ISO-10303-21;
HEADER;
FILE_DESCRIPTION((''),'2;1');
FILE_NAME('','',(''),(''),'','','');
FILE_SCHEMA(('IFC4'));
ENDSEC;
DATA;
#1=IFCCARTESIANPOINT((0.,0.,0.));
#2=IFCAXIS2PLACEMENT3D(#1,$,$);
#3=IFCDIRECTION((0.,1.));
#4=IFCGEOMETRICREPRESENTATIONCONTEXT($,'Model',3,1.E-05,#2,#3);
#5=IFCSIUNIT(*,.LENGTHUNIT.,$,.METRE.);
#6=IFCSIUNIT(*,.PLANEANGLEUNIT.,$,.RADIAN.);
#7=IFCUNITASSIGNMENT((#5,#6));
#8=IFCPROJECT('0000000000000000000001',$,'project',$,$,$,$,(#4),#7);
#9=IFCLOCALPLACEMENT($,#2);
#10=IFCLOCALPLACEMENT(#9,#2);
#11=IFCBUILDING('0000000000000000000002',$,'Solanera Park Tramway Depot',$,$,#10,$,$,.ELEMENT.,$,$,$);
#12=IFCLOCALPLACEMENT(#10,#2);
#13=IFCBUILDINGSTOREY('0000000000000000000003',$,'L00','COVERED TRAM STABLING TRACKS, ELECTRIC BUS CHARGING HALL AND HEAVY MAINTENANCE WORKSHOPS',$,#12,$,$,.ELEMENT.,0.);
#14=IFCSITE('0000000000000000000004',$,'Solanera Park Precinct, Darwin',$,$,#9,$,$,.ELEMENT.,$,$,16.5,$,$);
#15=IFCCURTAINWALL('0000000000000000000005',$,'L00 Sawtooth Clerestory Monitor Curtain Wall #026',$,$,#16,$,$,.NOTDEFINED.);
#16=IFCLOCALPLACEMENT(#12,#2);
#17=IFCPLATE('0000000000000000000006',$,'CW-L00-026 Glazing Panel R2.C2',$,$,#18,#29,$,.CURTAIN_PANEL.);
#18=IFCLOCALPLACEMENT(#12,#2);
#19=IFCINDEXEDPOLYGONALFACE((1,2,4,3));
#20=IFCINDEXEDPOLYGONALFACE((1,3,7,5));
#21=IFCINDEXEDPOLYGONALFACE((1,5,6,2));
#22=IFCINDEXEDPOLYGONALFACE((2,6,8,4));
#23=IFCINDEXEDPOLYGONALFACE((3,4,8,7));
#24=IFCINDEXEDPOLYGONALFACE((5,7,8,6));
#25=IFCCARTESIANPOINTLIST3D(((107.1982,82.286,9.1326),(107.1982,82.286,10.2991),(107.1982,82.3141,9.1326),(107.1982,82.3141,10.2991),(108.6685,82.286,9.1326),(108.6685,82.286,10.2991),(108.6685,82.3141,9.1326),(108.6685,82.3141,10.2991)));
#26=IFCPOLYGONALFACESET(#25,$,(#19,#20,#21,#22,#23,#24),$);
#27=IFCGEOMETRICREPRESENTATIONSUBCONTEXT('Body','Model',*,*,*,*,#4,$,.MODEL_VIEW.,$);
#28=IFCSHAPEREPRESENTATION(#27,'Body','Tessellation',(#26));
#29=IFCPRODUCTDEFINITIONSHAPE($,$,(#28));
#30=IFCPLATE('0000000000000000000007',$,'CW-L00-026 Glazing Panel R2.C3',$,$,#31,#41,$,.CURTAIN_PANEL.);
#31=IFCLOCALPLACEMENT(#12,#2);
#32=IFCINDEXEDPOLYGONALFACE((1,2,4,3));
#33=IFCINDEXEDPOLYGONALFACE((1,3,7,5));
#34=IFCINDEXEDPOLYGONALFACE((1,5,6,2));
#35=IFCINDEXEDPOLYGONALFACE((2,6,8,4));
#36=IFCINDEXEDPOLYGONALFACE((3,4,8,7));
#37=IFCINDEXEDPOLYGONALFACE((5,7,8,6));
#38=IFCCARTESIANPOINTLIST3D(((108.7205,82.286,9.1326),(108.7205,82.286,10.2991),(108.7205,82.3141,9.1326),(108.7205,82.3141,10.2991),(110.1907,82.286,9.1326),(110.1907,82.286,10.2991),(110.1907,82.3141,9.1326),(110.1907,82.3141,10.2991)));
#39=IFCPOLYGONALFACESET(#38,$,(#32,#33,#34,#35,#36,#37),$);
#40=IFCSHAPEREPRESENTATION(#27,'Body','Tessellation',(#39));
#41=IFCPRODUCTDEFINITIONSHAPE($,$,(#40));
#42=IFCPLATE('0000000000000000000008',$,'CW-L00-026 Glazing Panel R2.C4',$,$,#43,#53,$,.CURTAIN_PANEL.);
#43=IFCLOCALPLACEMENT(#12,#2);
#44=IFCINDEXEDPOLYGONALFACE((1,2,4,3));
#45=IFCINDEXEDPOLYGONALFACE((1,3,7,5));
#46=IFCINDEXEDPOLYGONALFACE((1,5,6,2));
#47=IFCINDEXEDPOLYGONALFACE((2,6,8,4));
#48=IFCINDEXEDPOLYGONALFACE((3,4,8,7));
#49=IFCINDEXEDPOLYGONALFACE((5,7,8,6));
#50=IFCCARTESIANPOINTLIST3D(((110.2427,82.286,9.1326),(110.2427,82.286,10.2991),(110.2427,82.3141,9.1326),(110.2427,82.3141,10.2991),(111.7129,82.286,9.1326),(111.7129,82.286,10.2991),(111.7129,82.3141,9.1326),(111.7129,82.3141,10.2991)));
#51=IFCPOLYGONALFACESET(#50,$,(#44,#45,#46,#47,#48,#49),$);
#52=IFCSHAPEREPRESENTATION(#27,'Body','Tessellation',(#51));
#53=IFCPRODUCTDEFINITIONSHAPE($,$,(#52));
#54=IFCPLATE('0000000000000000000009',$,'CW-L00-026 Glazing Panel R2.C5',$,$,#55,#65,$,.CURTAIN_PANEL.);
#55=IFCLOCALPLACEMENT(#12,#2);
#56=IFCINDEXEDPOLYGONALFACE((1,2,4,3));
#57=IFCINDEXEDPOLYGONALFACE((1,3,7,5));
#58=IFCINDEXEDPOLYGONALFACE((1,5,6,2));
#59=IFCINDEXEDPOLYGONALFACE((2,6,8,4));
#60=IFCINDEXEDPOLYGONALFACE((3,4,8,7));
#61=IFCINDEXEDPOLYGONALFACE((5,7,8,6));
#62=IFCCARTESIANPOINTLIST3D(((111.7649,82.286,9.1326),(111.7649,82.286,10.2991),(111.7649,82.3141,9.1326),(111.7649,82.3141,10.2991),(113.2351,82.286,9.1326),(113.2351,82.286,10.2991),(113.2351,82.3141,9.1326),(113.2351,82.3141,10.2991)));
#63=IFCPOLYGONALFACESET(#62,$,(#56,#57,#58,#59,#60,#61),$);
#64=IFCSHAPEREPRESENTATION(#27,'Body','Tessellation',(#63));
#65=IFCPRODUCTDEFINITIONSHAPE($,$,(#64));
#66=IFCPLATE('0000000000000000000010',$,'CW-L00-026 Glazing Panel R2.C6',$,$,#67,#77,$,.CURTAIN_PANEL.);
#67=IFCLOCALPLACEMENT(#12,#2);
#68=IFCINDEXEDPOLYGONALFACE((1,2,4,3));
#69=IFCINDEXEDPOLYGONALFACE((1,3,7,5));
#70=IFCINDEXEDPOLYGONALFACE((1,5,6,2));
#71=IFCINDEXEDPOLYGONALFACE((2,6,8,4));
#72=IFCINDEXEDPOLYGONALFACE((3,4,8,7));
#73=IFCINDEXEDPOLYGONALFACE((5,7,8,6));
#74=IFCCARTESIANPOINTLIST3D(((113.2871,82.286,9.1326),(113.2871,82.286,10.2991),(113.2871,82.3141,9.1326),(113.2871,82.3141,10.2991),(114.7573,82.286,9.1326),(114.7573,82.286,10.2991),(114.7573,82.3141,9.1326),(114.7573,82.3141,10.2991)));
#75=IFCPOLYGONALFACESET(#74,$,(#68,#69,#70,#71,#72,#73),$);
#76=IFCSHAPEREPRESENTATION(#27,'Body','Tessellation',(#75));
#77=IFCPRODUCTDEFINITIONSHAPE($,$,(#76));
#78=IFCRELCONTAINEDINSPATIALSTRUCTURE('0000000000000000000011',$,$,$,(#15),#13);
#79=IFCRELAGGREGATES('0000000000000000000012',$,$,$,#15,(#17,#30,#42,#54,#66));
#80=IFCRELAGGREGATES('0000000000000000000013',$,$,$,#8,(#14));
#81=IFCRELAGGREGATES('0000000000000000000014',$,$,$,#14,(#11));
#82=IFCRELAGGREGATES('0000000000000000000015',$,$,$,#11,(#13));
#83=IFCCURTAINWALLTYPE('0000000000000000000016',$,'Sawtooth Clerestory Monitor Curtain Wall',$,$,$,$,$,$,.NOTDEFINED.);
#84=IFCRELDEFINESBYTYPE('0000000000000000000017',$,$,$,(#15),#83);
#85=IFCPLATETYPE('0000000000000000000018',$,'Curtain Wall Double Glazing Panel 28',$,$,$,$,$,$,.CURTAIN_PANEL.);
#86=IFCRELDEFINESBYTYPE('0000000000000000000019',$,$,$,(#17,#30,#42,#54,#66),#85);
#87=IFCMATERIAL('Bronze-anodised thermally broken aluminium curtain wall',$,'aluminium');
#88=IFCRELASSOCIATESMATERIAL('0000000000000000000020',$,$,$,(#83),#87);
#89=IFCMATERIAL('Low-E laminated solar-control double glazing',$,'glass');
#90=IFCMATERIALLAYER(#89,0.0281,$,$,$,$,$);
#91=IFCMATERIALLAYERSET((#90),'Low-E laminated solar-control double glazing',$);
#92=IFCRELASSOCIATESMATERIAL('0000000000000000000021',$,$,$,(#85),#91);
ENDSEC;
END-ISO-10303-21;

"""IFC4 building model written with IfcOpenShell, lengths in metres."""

from ifc_helpers import new_model, si_unit, direction, frame, origin, origin_2d, place, context, subcontext, project, spatial, rectangle, extrude, material, layer, layer_set, type_object, element, aggregate, save


model = new_model("IFC4")

# Units and contexts
model_context = context("Model", 3, precision=1e-05, world=origin(), true_north=direction((0.0, 1.0)))
body_context = subcontext(model_context, "Body", "Model", "MODEL_VIEW")
ifc_project = project(units=[si_unit("LENGTHUNIT", "METRE"), si_unit("PLANEANGLEUNIT", "RADIAN")], contexts=[model_context])

# Site, building, storey
site_placement = place(None, origin())
site = spatial("IfcSite", under=ifc_project, at=site_placement, Name="Solanera Park Precinct, Darwin", CompositionType="ELEMENT", RefElevation=16.5)
building_placement = place(site_placement, origin())
building = spatial("IfcBuilding", under=site, at=building_placement, Name="Solanera Park Tramway Depot", CompositionType="ELEMENT")
storey_placement = place(building_placement, origin())
storey = spatial("IfcBuildingStorey", under=building, at=storey_placement, Name="L00", Description="COVERED TRAM STABLING TRACKS, ELECTRIC BUS CHARGING HALL AND HEAVY MAINTENANCE WORKSHOPS", CompositionType="ELEMENT", Elevation=0.0)

# Curtain wall
ifc_material_1 = material(Name="Bronze-anodised thermally broken aluminium curtain wall", Category="aluminium")
curtain_wall_type = type_object("IfcCurtainWallType", Name="Sawtooth Clerestory Monitor Curtain Wall", PredefinedType="NOTDEFINED", material=ifc_material_1)
curtain_wall_placement = place(storey_placement, origin())
curtain_wall = element("IfcCurtainWall", 1, at=curtain_wall_placement, inside=storey, type_object=curtain_wall_type, Name="L00 Sawtooth Clerestory Monitor Curtain Wall #026", PredefinedType="NOTDEFINED")

# Plates
ifc_material_2 = material(Name="Low-E laminated solar-control double glazing", Category="glass")
ifc_layer = layer(ifc_material_2, 0.0281)
ifc_layer_set = layer_set([ifc_layer], Name="Low-E laminated solar-control double glazing")
plate_type = type_object("IfcPlateType", Name="Curtain Wall Double Glazing Panel 28", PredefinedType="CURTAIN_PANEL", material=ifc_layer_set)
plate_1_placement = place(storey_placement, frame((107.9333, 82.3, 9.1326), z_axis=(0.0, 0.0, 1.0), x_axis=(1.0, 0.0, 0.0)))
plate_1 = element("IfcPlate", 2, at=plate_1_placement, type_object=plate_type, Name="CW-L00-026 Glazing Panel R2.C2", PredefinedType="CURTAIN_PANEL", context=body_context, shape_type="SweptSolid", body=[
    extrude(rectangle(XDim=1.4702, YDim=0.0281, at=origin_2d()), origin(), (0.0, 0.0, 1.0), 1.1665),
])
plate_2_placement = place(storey_placement, frame((109.4556, 82.3, 9.1326), z_axis=(0.0, 0.0, 1.0), x_axis=(1.0, 0.0, 0.0)))
plate_2 = element("IfcPlate", 3, at=plate_2_placement, type_object=plate_type, Name="CW-L00-026 Glazing Panel R2.C3", PredefinedType="CURTAIN_PANEL", context=body_context, shape_type="SweptSolid", body=[
    extrude(rectangle(XDim=1.4702, YDim=0.0281, at=origin_2d()), origin(), (0.0, 0.0, 1.0), 1.1665),
])
plate_3_placement = place(storey_placement, frame((110.9778, 82.3, 9.1326), z_axis=(0.0, 0.0, 1.0), x_axis=(1.0, 0.0, 0.0)))
plate_3 = element("IfcPlate", 4, at=plate_3_placement, type_object=plate_type, Name="CW-L00-026 Glazing Panel R2.C4", PredefinedType="CURTAIN_PANEL", context=body_context, shape_type="SweptSolid", body=[
    extrude(rectangle(XDim=1.4702, YDim=0.0281, at=origin_2d()), origin(), (0.0, 0.0, 1.0), 1.1665),
])
plate_4_placement = place(storey_placement, frame((112.5, 82.3, 9.1326), z_axis=(0.0, 0.0, 1.0), x_axis=(1.0, 0.0, 0.0)))
plate_4 = element("IfcPlate", 5, at=plate_4_placement, type_object=plate_type, Name="CW-L00-026 Glazing Panel R2.C5", PredefinedType="CURTAIN_PANEL", context=body_context, shape_type="SweptSolid", body=[
    extrude(rectangle(XDim=1.4702, YDim=0.0281, at=origin_2d()), origin(), (0.0, 0.0, 1.0), 1.1665),
])
plate_5_placement = place(storey_placement, frame((114.0222, 82.3, 9.1326), z_axis=(0.0, 0.0, 1.0), x_axis=(1.0, 0.0, 0.0)))
plate_5 = element("IfcPlate", 6, at=plate_5_placement, type_object=plate_type, Name="CW-L00-026 Glazing Panel R2.C6", PredefinedType="CURTAIN_PANEL", context=body_context, shape_type="SweptSolid", body=[
    extrude(rectangle(XDim=1.4702, YDim=0.0281, at=origin_2d()), origin(), (0.0, 0.0, 1.0), 1.1665),
])
aggregate(curtain_wall, [plate_1, plate_2, plate_3, plate_4, plate_5])

save(model, "model.ifc")
